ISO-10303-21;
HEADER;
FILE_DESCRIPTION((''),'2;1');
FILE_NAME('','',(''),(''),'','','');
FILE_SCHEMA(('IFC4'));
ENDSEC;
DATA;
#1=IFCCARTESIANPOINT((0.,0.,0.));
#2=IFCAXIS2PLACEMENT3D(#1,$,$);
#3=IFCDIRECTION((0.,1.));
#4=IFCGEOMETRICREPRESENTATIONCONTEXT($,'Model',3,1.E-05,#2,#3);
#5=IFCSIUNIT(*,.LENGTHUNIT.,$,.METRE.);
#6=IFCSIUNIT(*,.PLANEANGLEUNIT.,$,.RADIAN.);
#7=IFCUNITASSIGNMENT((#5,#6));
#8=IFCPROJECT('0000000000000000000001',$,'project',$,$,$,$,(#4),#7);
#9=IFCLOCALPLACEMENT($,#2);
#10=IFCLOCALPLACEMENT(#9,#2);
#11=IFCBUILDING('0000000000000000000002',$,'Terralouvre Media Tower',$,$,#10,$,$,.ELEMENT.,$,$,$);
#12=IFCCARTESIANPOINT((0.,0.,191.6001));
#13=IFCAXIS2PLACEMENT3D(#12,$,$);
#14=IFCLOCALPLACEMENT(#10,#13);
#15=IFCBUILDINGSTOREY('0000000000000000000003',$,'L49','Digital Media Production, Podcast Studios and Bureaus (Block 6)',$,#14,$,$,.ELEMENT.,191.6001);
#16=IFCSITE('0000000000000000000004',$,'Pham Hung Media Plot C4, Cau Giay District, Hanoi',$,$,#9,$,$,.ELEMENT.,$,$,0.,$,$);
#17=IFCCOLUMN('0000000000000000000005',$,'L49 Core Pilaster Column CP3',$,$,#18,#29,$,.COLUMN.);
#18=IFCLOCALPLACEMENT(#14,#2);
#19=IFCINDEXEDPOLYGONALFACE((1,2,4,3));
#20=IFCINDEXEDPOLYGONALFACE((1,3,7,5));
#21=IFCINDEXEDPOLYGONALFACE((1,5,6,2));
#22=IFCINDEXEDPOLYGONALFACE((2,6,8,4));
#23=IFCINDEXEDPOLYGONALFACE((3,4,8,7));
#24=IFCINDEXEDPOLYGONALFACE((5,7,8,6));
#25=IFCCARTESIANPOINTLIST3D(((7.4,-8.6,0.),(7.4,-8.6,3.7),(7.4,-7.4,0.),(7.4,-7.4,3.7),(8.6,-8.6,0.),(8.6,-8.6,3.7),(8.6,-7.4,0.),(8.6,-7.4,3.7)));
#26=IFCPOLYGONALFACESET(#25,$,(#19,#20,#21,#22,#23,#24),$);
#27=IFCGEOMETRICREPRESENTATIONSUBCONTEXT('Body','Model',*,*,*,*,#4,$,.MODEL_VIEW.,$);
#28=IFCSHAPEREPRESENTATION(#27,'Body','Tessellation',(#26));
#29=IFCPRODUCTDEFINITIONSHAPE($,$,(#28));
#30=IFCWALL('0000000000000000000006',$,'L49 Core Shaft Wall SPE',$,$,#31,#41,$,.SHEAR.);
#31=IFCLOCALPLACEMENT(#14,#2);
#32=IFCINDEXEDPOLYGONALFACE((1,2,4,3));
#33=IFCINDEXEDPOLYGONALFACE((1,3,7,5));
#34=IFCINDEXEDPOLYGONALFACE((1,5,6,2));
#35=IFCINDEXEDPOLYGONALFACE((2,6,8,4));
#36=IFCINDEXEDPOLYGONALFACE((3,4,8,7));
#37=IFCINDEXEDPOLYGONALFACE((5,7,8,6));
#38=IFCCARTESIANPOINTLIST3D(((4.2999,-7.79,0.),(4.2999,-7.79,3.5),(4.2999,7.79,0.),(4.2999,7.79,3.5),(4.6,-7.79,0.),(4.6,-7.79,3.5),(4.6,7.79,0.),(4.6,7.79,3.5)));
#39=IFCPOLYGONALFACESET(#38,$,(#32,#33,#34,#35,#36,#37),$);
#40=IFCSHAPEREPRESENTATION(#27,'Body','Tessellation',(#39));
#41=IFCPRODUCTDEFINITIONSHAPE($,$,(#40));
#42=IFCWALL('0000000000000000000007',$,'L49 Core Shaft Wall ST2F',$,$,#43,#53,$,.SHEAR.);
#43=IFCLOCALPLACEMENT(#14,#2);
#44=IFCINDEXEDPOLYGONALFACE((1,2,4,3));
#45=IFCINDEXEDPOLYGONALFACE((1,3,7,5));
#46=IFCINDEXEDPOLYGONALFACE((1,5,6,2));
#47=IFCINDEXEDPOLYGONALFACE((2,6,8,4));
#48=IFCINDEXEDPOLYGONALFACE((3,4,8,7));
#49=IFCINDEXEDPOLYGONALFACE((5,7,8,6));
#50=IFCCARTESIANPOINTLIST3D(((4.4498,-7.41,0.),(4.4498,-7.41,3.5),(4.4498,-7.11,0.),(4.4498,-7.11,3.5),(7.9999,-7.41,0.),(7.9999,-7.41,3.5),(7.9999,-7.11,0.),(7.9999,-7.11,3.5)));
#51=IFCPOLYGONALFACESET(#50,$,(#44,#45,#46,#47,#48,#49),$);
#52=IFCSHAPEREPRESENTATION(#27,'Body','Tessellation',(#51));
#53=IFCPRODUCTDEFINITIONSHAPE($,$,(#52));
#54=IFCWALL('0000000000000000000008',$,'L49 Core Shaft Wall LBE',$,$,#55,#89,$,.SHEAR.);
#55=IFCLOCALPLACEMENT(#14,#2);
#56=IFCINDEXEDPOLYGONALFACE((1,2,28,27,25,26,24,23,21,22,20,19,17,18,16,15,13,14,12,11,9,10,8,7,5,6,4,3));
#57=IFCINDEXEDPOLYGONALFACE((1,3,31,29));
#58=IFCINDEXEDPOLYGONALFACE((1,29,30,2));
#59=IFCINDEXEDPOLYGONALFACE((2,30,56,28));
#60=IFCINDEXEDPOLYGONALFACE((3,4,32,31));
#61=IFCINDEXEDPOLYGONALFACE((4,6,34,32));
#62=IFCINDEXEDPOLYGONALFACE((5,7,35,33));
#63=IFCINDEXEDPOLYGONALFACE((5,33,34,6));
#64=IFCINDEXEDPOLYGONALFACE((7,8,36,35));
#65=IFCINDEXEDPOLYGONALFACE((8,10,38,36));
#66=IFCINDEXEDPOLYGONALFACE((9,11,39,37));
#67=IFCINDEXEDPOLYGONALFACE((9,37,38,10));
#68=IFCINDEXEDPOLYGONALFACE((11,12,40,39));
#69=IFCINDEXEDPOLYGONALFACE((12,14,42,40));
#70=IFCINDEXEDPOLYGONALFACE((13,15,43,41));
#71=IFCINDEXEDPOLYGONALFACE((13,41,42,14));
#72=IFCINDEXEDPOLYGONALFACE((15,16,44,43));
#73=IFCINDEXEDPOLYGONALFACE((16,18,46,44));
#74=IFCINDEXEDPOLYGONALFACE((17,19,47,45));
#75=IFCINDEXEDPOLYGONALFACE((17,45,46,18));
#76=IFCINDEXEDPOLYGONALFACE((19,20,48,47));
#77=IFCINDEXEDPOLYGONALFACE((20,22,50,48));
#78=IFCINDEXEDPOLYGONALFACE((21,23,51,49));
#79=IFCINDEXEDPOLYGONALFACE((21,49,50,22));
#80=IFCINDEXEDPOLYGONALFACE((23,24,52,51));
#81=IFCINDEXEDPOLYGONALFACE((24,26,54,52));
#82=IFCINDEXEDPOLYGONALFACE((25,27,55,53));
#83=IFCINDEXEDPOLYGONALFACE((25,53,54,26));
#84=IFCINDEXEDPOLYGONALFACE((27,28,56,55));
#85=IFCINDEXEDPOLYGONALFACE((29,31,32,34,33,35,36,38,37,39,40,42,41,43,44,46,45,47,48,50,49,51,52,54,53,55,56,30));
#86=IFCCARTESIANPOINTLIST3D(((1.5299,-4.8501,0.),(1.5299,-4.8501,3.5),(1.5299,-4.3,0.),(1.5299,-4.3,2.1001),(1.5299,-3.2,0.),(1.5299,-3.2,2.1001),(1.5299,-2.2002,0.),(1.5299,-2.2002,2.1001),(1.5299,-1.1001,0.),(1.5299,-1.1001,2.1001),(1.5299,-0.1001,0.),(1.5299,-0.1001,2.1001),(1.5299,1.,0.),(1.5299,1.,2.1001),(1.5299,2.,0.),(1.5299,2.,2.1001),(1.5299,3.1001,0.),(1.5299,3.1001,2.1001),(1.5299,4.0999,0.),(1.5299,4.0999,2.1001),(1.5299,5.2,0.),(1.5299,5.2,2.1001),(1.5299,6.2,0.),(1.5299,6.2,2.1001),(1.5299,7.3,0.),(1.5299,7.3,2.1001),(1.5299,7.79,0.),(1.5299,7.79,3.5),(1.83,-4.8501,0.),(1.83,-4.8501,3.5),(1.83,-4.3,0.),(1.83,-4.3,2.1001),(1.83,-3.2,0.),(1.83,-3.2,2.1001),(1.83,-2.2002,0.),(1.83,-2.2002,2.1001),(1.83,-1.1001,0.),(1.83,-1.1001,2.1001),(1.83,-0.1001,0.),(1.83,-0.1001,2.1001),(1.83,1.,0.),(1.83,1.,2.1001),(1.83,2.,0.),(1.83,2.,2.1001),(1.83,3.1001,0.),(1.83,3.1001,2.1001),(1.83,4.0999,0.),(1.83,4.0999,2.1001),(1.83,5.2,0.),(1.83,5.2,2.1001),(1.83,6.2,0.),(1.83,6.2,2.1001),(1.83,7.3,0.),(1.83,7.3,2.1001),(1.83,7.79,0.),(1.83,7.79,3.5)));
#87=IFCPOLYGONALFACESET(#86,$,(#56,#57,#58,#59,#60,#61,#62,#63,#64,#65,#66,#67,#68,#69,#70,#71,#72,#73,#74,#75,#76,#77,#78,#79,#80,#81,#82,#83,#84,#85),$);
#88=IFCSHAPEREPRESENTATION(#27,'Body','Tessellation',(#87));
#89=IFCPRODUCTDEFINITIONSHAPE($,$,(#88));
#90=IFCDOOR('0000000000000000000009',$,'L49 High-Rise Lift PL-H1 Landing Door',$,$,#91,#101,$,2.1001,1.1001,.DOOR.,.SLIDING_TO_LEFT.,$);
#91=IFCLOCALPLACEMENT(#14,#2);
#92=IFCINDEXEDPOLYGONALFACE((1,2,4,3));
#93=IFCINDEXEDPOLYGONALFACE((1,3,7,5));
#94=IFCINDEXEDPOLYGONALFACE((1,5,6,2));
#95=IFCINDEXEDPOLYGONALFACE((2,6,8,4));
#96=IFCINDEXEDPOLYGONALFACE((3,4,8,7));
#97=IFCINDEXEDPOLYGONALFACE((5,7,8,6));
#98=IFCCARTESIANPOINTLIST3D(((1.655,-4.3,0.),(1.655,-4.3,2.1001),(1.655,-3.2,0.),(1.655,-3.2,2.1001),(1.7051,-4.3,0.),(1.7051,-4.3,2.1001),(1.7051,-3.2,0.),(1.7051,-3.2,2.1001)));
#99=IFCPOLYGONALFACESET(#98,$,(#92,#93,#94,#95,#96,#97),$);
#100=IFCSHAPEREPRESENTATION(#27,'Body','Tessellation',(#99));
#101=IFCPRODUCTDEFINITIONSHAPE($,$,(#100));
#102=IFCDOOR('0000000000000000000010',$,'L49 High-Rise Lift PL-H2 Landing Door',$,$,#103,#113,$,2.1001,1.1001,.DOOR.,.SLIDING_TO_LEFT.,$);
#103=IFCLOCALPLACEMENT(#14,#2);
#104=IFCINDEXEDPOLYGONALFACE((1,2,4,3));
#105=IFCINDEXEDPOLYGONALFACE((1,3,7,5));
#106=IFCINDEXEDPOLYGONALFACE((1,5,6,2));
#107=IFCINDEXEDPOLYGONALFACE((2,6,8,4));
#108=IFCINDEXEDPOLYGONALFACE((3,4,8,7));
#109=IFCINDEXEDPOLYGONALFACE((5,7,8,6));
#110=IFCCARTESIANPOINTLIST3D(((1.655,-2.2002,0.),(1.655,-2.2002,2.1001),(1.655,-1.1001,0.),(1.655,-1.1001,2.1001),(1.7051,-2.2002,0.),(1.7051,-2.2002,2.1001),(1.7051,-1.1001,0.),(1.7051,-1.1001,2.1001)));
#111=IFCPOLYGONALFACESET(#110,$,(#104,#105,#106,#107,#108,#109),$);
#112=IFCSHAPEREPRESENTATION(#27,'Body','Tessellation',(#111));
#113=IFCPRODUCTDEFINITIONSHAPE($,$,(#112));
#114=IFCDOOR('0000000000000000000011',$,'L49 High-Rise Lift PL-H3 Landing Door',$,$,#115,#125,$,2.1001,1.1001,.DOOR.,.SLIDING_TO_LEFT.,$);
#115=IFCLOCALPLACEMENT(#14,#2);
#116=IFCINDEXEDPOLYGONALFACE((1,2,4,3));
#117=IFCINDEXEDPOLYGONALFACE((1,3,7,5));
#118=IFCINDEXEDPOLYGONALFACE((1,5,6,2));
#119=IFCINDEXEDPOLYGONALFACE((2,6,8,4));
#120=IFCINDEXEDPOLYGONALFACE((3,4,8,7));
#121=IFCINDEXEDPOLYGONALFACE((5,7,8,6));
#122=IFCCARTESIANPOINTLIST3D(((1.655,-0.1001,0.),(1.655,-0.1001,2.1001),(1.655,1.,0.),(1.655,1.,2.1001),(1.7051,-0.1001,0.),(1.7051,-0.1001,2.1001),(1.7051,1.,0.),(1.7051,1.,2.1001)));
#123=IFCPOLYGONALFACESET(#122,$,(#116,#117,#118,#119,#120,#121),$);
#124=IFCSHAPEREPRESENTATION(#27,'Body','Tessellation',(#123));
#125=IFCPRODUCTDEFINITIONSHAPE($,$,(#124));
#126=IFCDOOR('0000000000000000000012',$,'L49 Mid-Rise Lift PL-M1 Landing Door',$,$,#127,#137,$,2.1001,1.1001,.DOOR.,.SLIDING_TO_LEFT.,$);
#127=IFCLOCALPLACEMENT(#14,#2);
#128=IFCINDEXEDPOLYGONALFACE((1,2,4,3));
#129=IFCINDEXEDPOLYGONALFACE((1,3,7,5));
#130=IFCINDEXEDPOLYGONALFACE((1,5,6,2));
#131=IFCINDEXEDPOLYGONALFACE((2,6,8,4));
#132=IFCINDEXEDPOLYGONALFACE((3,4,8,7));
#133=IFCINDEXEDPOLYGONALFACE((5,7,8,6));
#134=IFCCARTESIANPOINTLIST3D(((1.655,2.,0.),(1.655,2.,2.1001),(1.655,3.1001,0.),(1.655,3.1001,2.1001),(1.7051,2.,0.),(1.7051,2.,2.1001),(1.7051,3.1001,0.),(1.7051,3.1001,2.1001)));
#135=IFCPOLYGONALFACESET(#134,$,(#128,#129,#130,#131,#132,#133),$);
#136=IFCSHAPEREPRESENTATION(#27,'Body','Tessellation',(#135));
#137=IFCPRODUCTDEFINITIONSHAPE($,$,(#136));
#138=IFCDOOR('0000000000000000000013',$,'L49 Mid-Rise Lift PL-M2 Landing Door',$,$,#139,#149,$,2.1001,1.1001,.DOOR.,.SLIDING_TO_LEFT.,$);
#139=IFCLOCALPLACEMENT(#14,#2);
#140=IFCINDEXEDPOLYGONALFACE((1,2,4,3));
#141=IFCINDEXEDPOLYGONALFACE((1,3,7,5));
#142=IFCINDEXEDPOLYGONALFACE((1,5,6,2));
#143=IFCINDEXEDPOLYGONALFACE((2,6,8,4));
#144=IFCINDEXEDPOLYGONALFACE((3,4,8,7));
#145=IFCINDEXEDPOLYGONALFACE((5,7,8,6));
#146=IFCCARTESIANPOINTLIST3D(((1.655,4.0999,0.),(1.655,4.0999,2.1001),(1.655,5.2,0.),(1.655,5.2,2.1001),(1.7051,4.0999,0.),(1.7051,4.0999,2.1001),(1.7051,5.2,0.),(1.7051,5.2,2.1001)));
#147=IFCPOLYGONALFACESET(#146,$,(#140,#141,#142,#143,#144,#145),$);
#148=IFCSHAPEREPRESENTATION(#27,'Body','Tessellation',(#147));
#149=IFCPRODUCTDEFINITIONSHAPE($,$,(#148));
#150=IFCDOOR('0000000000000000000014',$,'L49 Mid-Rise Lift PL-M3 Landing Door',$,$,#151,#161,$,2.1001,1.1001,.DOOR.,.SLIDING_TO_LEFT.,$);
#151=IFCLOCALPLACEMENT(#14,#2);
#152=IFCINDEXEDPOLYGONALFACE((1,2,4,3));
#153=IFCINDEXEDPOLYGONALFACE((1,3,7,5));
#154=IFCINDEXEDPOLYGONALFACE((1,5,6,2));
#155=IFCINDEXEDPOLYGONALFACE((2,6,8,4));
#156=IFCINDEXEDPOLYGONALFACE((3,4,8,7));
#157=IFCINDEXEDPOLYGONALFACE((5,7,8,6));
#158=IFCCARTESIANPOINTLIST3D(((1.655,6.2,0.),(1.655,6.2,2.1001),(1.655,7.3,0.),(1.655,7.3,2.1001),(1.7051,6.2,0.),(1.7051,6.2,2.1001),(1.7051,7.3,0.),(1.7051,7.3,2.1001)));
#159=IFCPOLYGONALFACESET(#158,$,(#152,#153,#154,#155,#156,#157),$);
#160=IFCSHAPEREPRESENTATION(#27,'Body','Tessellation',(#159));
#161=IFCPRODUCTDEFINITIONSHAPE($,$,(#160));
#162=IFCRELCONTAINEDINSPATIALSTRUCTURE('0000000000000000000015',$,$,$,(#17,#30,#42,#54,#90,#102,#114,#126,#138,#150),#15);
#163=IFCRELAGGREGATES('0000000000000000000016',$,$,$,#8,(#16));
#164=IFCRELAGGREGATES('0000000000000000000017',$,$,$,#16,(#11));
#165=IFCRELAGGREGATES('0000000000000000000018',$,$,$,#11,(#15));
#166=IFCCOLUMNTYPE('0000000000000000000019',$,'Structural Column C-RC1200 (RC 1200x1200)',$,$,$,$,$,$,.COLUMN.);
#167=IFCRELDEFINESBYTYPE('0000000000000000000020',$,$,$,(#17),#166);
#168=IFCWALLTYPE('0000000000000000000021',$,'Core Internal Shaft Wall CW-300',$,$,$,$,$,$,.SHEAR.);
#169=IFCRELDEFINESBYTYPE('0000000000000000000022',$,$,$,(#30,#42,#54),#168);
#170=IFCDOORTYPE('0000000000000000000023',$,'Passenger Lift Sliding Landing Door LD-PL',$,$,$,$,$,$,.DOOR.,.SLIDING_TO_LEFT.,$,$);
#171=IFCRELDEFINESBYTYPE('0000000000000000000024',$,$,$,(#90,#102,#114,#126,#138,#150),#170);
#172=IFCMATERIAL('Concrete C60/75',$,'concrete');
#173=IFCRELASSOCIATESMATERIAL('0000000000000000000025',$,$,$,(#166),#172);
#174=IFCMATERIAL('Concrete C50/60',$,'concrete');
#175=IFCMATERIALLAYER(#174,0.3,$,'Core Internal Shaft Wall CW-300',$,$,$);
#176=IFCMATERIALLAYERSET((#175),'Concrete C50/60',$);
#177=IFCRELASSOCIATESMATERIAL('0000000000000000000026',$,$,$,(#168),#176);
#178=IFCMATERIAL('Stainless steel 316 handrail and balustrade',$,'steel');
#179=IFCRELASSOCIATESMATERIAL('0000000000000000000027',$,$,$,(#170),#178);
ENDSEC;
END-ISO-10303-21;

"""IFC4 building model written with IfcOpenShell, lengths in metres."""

from ifc_helpers import new_model, si_unit, direction, frame, frame_2d, origin, origin_2d, place, context, subcontext, project, spatial, rectangle, extrude, material, layer, layer_set, material_profile, profile_set, type_object, element, fill, save


model = new_model("IFC4")

# Units and contexts
model_context = context("Model", 3, precision=1e-05, world=origin(), true_north=direction((0.0, 1.0)))
body_context = subcontext(model_context, "Body", "Model", "MODEL_VIEW")
ifc_project = project(units=[si_unit("LENGTHUNIT", "METRE"), si_unit("PLANEANGLEUNIT", "RADIAN")], contexts=[model_context])

# Site, building, storey
site_placement = place(None, origin())
site = spatial("IfcSite", under=ifc_project, at=site_placement, Name="Pham Hung Media Plot C4, Cau Giay District, Hanoi", CompositionType="ELEMENT", RefElevation=0.0)
building_placement = place(site_placement, origin())
building = spatial("IfcBuilding", under=site, at=building_placement, Name="Terralouvre Media Tower", CompositionType="ELEMENT")
storey_placement = place(building_placement, frame((0.0, 0.0, 191.6001)))
storey = spatial("IfcBuildingStorey", under=building, at=storey_placement, Name="L49", Description="Digital Media Production, Podcast Studios and Bureaus (Block 6)", CompositionType="ELEMENT", Elevation=191.6001)

# Column
ifc_material_1 = material(Name="Concrete C60/75", Category="concrete")
ifc_material_profile = material_profile(ifc_material_1, rectangle(XDim=1.2, YDim=1.2, at=origin_2d()), Name="RC 1200x1200")
ifc_profile_set = profile_set([ifc_material_profile], Name="Concrete C60/75")
column_type = type_object("IfcColumnType", Name="Structural Column C-RC1200 (RC 1200x1200)", PredefinedType="COLUMN", material=ifc_profile_set)
column_placement = place(storey_placement, frame((8.0, -8.0, 0.0), z_axis=(0.0, 0.0, 1.0), x_axis=(1.0, 0.0, 0.0)))
element("IfcColumn", 1, at=column_placement, inside=storey, type_object=column_type, Name="L49 Core Pilaster Column CP3", PredefinedType="COLUMN", context=body_context, shape_type="SweptSolid", body=[
    extrude(rectangle(XDim=1.2, YDim=1.2, at=origin_2d()), origin(), (0.0, 0.0, 1.0), 3.7),
])

# Wall
ifc_material_2 = material(Name="Concrete C50/60", Category="concrete")
ifc_layer_1 = layer(ifc_material_2, 0.3, Name="Core Internal Shaft Wall CW-300")
ifc_layer_set_1 = layer_set([ifc_layer_1], Name="Concrete C50/60")
wall_type = type_object("IfcWallType", Name="Core Internal Shaft Wall CW-300", PredefinedType="SHEAR", material=ifc_layer_set_1)
wall_1_placement = place(storey_placement, frame((4.45, -7.79, 0.0), z_axis=(0.0, 0.0, 1.0), x_axis=(0.0, 1.0, 0.0)))
element("IfcWall", 2, at=wall_1_placement, inside=storey, type_object=wall_type, Name="L49 Core Shaft Wall SPE", PredefinedType="SHEAR", context=body_context, shape_type="SweptSolid", body=[
    extrude(rectangle(XDim=15.5801, YDim=0.3, at=frame_2d((7.79, 0.0))), origin(), (0.0, 0.0, 1.0), 3.5),
])

# Wall
wall_2_placement = place(storey_placement, frame((4.45, -7.26, 0.0), z_axis=(0.0, 0.0, 1.0), x_axis=(1.0, 0.0, 0.0)))
element("IfcWall", 3, at=wall_2_placement, inside=storey, type_object=wall_type, Name="L49 Core Shaft Wall ST2F", PredefinedType="SHEAR", context=body_context, shape_type="SweptSolid", body=[
    extrude(rectangle(XDim=3.55, YDim=0.3, at=frame_2d((1.7749, 0.0))), origin(), (0.0, 0.0, 1.0), 3.5),
])

# Wall, openings, doors
wall_3_placement = place(storey_placement, frame((1.6799, -4.8501, 0.0), z_axis=(0.0, 0.0, 1.0), x_axis=(0.0, 1.0, 0.0)))
wall_3 = element("IfcWall", 4, at=wall_3_placement, inside=storey, type_object=wall_type, Name="L49 Core Shaft Wall LBE", PredefinedType="SHEAR", context=body_context, shape_type="SweptSolid", body=[
    extrude(rectangle(XDim=12.6401, YDim=0.3, at=frame_2d((6.3201, 0.0))), origin(), (0.0, 0.0, 1.0), 3.5),
])
opening_1_placement = place(wall_3_placement, frame((0.55, 0.0, 0.0)))
opening_1 = element("IfcOpeningElement", 5, at=opening_1_placement, cuts=wall_3, PredefinedType="OPENING", context=body_context, shape_type="SweptSolid", body=[
    extrude(rectangle(XDim=1.1001, YDim=2.1001, at=frame_2d((0.55, 1.05))), frame((0.0, 0.1599, 0.0), z_axis=(0.0, -1.0, 0.0), x_axis=(1.0, 0.0, 0.0)), (0.0, 0.0, 1.0), 0.3201),
])
opening_2_placement = place(wall_3_placement, frame((2.6499, 0.0, 0.0)))
opening_2 = element("IfcOpeningElement", 6, at=opening_2_placement, cuts=wall_3, PredefinedType="OPENING", context=body_context, shape_type="SweptSolid", body=[
    extrude(rectangle(XDim=1.1001, YDim=2.1001, at=frame_2d((0.55, 1.05))), frame((0.0, 0.1599, 0.0), z_axis=(0.0, -1.0, 0.0), x_axis=(1.0, 0.0, 0.0)), (0.0, 0.0, 1.0), 0.3201),
])
opening_3_placement = place(wall_3_placement, frame((4.75, 0.0, 0.0)))
opening_3 = element("IfcOpeningElement", 7, at=opening_3_placement, cuts=wall_3, PredefinedType="OPENING", context=body_context, shape_type="SweptSolid", body=[
    extrude(rectangle(XDim=1.1001, YDim=2.1001, at=frame_2d((0.55, 1.05))), frame((0.0, 0.1599, 0.0), z_axis=(0.0, -1.0, 0.0), x_axis=(1.0, 0.0, 0.0)), (0.0, 0.0, 1.0), 0.3201),
])
opening_4_placement = place(wall_3_placement, frame((6.8501, 0.0, 0.0)))
opening_4 = element("IfcOpeningElement", 8, at=opening_4_placement, cuts=wall_3, PredefinedType="OPENING", context=body_context, shape_type="SweptSolid", body=[
    extrude(rectangle(XDim=1.1001, YDim=2.1001, at=frame_2d((0.55, 1.05))), frame((0.0, 0.1599, 0.0), z_axis=(0.0, -1.0, 0.0), x_axis=(1.0, 0.0, 0.0)), (0.0, 0.0, 1.0), 0.3201),
])
opening_5_placement = place(wall_3_placement, frame((8.95, 0.0, 0.0)))
opening_5 = element("IfcOpeningElement", 9, at=opening_5_placement, cuts=wall_3, PredefinedType="OPENING", context=body_context, shape_type="SweptSolid", body=[
    extrude(rectangle(XDim=1.1001, YDim=2.1001, at=frame_2d((0.55, 1.05))), frame((0.0, 0.1599, 0.0), z_axis=(0.0, -1.0, 0.0), x_axis=(1.0, 0.0, 0.0)), (0.0, 0.0, 1.0), 0.3201),
])
opening_6_placement = place(wall_3_placement, frame((11.05, 0.0, 0.0)))
opening_6 = element("IfcOpeningElement", 10, at=opening_6_placement, cuts=wall_3, PredefinedType="OPENING", context=body_context, shape_type="SweptSolid", body=[
    extrude(rectangle(XDim=1.1001, YDim=2.1001, at=frame_2d((0.55, 1.05))), frame((0.0, 0.1599, 0.0), z_axis=(0.0, -1.0, 0.0), x_axis=(1.0, 0.0, 0.0)), (0.0, 0.0, 1.0), 0.3201),
])
ifc_material_3 = material(Name="Stainless steel 316 handrail and balustrade", Category="steel")
door_type_1 = type_object("IfcDoorType", Name="Passenger Lift Sliding Landing Door LD-PL", OperationType="SLIDING_TO_LEFT", PredefinedType="DOOR", material=ifc_material_3)
door_1_placement = place(opening_1_placement, origin())
door_1 = element("IfcDoor", 11, at=door_1_placement, inside=storey, type_object=door_type_1, Name="L49 High-Rise Lift PL-H1 Landing Door", OperationType="SLIDING_TO_LEFT", OverallHeight=2.1001, OverallWidth=1.1001, PredefinedType="DOOR", context=body_context, shape_type="SweptSolid", body=[
    extrude(rectangle(XDim=1.1001, YDim=2.1001, at=frame_2d((0.55, 1.05))), frame((0.0, 0.0249, 0.0), z_axis=(0.0, -1.0, 0.0), x_axis=(1.0, 0.0, 0.0)), (0.0, 0.0, 1.0), 0.05),
])
fill(opening_1, door_1)
door_2_placement = place(opening_2_placement, origin())
door_2 = element("IfcDoor", 12, at=door_2_placement, inside=storey, type_object=door_type_1, Name="L49 High-Rise Lift PL-H2 Landing Door", OperationType="SLIDING_TO_LEFT", OverallHeight=2.1001, OverallWidth=1.1001, PredefinedType="DOOR", context=body_context, shape_type="SweptSolid", body=[
    extrude(rectangle(XDim=1.1001, YDim=2.1001, at=frame_2d((0.55, 1.05))), frame((0.0, 0.0249, 0.0), z_axis=(0.0, -1.0, 0.0), x_axis=(1.0, 0.0, 0.0)), (0.0, 0.0, 1.0), 0.05),
])
fill(opening_2, door_2)
door_3_placement = place(opening_3_placement, origin())
door_3 = element("IfcDoor", 13, at=door_3_placement, inside=storey, type_object=door_type_1, Name="L49 High-Rise Lift PL-H3 Landing Door", OperationType="SLIDING_TO_LEFT", OverallHeight=2.1001, OverallWidth=1.1001, PredefinedType="DOOR", context=body_context, shape_type="SweptSolid", body=[
    extrude(rectangle(XDim=1.1001, YDim=2.1001, at=frame_2d((0.55, 1.05))), frame((0.0, 0.0249, 0.0), z_axis=(0.0, -1.0, 0.0), x_axis=(1.0, 0.0, 0.0)), (0.0, 0.0, 1.0), 0.05),
])
fill(opening_3, door_3)
door_4_placement = place(opening_4_placement, origin())
door_4 = element("IfcDoor", 14, at=door_4_placement, inside=storey, type_object=door_type_1, Name="L49 Mid-Rise Lift PL-M1 Landing Door", OperationType="SLIDING_TO_LEFT", OverallHeight=2.1001, OverallWidth=1.1001, PredefinedType="DOOR", context=body_context, shape_type="SweptSolid", body=[
    extrude(rectangle(XDim=1.1001, YDim=2.1001, at=frame_2d((0.55, 1.05))), frame((0.0, 0.0249, 0.0), z_axis=(0.0, -1.0, 0.0), x_axis=(1.0, 0.0, 0.0)), (0.0, 0.0, 1.0), 0.05),
])
fill(opening_4, door_4)
door_5_placement = place(opening_5_placement, origin())
door_5 = element("IfcDoor", 15, at=door_5_placement, inside=storey, type_object=door_type_1, Name="L49 Mid-Rise Lift PL-M2 Landing Door", OperationType="SLIDING_TO_LEFT", OverallHeight=2.1001, OverallWidth=1.1001, PredefinedType="DOOR", context=body_context, shape_type="SweptSolid", body=[
    extrude(rectangle(XDim=1.1001, YDim=2.1001, at=frame_2d((0.55, 1.05))), frame((0.0, 0.0249, 0.0), z_axis=(0.0, -1.0, 0.0), x_axis=(1.0, 0.0, 0.0)), (0.0, 0.0, 1.0), 0.05),
])
fill(opening_5, door_5)
door_6_placement = place(opening_6_placement, origin())
door_6 = element("IfcDoor", 16, at=door_6_placement, inside=storey, type_object=door_type_1, Name="L49 Mid-Rise Lift PL-M3 Landing Door", OperationType="SLIDING_TO_LEFT", OverallHeight=2.1001, OverallWidth=1.1001, PredefinedType="DOOR", context=body_context, shape_type="SweptSolid", body=[
    extrude(rectangle(XDim=1.1001, YDim=2.1001, at=frame_2d((0.55, 1.05))), frame((0.0, 0.0249, 0.0), z_axis=(0.0, -1.0, 0.0), x_axis=(1.0, 0.0, 0.0)), (0.0, 0.0, 1.0), 0.05),
])
fill(opening_6, door_6)

save(model, "model.ifc")
